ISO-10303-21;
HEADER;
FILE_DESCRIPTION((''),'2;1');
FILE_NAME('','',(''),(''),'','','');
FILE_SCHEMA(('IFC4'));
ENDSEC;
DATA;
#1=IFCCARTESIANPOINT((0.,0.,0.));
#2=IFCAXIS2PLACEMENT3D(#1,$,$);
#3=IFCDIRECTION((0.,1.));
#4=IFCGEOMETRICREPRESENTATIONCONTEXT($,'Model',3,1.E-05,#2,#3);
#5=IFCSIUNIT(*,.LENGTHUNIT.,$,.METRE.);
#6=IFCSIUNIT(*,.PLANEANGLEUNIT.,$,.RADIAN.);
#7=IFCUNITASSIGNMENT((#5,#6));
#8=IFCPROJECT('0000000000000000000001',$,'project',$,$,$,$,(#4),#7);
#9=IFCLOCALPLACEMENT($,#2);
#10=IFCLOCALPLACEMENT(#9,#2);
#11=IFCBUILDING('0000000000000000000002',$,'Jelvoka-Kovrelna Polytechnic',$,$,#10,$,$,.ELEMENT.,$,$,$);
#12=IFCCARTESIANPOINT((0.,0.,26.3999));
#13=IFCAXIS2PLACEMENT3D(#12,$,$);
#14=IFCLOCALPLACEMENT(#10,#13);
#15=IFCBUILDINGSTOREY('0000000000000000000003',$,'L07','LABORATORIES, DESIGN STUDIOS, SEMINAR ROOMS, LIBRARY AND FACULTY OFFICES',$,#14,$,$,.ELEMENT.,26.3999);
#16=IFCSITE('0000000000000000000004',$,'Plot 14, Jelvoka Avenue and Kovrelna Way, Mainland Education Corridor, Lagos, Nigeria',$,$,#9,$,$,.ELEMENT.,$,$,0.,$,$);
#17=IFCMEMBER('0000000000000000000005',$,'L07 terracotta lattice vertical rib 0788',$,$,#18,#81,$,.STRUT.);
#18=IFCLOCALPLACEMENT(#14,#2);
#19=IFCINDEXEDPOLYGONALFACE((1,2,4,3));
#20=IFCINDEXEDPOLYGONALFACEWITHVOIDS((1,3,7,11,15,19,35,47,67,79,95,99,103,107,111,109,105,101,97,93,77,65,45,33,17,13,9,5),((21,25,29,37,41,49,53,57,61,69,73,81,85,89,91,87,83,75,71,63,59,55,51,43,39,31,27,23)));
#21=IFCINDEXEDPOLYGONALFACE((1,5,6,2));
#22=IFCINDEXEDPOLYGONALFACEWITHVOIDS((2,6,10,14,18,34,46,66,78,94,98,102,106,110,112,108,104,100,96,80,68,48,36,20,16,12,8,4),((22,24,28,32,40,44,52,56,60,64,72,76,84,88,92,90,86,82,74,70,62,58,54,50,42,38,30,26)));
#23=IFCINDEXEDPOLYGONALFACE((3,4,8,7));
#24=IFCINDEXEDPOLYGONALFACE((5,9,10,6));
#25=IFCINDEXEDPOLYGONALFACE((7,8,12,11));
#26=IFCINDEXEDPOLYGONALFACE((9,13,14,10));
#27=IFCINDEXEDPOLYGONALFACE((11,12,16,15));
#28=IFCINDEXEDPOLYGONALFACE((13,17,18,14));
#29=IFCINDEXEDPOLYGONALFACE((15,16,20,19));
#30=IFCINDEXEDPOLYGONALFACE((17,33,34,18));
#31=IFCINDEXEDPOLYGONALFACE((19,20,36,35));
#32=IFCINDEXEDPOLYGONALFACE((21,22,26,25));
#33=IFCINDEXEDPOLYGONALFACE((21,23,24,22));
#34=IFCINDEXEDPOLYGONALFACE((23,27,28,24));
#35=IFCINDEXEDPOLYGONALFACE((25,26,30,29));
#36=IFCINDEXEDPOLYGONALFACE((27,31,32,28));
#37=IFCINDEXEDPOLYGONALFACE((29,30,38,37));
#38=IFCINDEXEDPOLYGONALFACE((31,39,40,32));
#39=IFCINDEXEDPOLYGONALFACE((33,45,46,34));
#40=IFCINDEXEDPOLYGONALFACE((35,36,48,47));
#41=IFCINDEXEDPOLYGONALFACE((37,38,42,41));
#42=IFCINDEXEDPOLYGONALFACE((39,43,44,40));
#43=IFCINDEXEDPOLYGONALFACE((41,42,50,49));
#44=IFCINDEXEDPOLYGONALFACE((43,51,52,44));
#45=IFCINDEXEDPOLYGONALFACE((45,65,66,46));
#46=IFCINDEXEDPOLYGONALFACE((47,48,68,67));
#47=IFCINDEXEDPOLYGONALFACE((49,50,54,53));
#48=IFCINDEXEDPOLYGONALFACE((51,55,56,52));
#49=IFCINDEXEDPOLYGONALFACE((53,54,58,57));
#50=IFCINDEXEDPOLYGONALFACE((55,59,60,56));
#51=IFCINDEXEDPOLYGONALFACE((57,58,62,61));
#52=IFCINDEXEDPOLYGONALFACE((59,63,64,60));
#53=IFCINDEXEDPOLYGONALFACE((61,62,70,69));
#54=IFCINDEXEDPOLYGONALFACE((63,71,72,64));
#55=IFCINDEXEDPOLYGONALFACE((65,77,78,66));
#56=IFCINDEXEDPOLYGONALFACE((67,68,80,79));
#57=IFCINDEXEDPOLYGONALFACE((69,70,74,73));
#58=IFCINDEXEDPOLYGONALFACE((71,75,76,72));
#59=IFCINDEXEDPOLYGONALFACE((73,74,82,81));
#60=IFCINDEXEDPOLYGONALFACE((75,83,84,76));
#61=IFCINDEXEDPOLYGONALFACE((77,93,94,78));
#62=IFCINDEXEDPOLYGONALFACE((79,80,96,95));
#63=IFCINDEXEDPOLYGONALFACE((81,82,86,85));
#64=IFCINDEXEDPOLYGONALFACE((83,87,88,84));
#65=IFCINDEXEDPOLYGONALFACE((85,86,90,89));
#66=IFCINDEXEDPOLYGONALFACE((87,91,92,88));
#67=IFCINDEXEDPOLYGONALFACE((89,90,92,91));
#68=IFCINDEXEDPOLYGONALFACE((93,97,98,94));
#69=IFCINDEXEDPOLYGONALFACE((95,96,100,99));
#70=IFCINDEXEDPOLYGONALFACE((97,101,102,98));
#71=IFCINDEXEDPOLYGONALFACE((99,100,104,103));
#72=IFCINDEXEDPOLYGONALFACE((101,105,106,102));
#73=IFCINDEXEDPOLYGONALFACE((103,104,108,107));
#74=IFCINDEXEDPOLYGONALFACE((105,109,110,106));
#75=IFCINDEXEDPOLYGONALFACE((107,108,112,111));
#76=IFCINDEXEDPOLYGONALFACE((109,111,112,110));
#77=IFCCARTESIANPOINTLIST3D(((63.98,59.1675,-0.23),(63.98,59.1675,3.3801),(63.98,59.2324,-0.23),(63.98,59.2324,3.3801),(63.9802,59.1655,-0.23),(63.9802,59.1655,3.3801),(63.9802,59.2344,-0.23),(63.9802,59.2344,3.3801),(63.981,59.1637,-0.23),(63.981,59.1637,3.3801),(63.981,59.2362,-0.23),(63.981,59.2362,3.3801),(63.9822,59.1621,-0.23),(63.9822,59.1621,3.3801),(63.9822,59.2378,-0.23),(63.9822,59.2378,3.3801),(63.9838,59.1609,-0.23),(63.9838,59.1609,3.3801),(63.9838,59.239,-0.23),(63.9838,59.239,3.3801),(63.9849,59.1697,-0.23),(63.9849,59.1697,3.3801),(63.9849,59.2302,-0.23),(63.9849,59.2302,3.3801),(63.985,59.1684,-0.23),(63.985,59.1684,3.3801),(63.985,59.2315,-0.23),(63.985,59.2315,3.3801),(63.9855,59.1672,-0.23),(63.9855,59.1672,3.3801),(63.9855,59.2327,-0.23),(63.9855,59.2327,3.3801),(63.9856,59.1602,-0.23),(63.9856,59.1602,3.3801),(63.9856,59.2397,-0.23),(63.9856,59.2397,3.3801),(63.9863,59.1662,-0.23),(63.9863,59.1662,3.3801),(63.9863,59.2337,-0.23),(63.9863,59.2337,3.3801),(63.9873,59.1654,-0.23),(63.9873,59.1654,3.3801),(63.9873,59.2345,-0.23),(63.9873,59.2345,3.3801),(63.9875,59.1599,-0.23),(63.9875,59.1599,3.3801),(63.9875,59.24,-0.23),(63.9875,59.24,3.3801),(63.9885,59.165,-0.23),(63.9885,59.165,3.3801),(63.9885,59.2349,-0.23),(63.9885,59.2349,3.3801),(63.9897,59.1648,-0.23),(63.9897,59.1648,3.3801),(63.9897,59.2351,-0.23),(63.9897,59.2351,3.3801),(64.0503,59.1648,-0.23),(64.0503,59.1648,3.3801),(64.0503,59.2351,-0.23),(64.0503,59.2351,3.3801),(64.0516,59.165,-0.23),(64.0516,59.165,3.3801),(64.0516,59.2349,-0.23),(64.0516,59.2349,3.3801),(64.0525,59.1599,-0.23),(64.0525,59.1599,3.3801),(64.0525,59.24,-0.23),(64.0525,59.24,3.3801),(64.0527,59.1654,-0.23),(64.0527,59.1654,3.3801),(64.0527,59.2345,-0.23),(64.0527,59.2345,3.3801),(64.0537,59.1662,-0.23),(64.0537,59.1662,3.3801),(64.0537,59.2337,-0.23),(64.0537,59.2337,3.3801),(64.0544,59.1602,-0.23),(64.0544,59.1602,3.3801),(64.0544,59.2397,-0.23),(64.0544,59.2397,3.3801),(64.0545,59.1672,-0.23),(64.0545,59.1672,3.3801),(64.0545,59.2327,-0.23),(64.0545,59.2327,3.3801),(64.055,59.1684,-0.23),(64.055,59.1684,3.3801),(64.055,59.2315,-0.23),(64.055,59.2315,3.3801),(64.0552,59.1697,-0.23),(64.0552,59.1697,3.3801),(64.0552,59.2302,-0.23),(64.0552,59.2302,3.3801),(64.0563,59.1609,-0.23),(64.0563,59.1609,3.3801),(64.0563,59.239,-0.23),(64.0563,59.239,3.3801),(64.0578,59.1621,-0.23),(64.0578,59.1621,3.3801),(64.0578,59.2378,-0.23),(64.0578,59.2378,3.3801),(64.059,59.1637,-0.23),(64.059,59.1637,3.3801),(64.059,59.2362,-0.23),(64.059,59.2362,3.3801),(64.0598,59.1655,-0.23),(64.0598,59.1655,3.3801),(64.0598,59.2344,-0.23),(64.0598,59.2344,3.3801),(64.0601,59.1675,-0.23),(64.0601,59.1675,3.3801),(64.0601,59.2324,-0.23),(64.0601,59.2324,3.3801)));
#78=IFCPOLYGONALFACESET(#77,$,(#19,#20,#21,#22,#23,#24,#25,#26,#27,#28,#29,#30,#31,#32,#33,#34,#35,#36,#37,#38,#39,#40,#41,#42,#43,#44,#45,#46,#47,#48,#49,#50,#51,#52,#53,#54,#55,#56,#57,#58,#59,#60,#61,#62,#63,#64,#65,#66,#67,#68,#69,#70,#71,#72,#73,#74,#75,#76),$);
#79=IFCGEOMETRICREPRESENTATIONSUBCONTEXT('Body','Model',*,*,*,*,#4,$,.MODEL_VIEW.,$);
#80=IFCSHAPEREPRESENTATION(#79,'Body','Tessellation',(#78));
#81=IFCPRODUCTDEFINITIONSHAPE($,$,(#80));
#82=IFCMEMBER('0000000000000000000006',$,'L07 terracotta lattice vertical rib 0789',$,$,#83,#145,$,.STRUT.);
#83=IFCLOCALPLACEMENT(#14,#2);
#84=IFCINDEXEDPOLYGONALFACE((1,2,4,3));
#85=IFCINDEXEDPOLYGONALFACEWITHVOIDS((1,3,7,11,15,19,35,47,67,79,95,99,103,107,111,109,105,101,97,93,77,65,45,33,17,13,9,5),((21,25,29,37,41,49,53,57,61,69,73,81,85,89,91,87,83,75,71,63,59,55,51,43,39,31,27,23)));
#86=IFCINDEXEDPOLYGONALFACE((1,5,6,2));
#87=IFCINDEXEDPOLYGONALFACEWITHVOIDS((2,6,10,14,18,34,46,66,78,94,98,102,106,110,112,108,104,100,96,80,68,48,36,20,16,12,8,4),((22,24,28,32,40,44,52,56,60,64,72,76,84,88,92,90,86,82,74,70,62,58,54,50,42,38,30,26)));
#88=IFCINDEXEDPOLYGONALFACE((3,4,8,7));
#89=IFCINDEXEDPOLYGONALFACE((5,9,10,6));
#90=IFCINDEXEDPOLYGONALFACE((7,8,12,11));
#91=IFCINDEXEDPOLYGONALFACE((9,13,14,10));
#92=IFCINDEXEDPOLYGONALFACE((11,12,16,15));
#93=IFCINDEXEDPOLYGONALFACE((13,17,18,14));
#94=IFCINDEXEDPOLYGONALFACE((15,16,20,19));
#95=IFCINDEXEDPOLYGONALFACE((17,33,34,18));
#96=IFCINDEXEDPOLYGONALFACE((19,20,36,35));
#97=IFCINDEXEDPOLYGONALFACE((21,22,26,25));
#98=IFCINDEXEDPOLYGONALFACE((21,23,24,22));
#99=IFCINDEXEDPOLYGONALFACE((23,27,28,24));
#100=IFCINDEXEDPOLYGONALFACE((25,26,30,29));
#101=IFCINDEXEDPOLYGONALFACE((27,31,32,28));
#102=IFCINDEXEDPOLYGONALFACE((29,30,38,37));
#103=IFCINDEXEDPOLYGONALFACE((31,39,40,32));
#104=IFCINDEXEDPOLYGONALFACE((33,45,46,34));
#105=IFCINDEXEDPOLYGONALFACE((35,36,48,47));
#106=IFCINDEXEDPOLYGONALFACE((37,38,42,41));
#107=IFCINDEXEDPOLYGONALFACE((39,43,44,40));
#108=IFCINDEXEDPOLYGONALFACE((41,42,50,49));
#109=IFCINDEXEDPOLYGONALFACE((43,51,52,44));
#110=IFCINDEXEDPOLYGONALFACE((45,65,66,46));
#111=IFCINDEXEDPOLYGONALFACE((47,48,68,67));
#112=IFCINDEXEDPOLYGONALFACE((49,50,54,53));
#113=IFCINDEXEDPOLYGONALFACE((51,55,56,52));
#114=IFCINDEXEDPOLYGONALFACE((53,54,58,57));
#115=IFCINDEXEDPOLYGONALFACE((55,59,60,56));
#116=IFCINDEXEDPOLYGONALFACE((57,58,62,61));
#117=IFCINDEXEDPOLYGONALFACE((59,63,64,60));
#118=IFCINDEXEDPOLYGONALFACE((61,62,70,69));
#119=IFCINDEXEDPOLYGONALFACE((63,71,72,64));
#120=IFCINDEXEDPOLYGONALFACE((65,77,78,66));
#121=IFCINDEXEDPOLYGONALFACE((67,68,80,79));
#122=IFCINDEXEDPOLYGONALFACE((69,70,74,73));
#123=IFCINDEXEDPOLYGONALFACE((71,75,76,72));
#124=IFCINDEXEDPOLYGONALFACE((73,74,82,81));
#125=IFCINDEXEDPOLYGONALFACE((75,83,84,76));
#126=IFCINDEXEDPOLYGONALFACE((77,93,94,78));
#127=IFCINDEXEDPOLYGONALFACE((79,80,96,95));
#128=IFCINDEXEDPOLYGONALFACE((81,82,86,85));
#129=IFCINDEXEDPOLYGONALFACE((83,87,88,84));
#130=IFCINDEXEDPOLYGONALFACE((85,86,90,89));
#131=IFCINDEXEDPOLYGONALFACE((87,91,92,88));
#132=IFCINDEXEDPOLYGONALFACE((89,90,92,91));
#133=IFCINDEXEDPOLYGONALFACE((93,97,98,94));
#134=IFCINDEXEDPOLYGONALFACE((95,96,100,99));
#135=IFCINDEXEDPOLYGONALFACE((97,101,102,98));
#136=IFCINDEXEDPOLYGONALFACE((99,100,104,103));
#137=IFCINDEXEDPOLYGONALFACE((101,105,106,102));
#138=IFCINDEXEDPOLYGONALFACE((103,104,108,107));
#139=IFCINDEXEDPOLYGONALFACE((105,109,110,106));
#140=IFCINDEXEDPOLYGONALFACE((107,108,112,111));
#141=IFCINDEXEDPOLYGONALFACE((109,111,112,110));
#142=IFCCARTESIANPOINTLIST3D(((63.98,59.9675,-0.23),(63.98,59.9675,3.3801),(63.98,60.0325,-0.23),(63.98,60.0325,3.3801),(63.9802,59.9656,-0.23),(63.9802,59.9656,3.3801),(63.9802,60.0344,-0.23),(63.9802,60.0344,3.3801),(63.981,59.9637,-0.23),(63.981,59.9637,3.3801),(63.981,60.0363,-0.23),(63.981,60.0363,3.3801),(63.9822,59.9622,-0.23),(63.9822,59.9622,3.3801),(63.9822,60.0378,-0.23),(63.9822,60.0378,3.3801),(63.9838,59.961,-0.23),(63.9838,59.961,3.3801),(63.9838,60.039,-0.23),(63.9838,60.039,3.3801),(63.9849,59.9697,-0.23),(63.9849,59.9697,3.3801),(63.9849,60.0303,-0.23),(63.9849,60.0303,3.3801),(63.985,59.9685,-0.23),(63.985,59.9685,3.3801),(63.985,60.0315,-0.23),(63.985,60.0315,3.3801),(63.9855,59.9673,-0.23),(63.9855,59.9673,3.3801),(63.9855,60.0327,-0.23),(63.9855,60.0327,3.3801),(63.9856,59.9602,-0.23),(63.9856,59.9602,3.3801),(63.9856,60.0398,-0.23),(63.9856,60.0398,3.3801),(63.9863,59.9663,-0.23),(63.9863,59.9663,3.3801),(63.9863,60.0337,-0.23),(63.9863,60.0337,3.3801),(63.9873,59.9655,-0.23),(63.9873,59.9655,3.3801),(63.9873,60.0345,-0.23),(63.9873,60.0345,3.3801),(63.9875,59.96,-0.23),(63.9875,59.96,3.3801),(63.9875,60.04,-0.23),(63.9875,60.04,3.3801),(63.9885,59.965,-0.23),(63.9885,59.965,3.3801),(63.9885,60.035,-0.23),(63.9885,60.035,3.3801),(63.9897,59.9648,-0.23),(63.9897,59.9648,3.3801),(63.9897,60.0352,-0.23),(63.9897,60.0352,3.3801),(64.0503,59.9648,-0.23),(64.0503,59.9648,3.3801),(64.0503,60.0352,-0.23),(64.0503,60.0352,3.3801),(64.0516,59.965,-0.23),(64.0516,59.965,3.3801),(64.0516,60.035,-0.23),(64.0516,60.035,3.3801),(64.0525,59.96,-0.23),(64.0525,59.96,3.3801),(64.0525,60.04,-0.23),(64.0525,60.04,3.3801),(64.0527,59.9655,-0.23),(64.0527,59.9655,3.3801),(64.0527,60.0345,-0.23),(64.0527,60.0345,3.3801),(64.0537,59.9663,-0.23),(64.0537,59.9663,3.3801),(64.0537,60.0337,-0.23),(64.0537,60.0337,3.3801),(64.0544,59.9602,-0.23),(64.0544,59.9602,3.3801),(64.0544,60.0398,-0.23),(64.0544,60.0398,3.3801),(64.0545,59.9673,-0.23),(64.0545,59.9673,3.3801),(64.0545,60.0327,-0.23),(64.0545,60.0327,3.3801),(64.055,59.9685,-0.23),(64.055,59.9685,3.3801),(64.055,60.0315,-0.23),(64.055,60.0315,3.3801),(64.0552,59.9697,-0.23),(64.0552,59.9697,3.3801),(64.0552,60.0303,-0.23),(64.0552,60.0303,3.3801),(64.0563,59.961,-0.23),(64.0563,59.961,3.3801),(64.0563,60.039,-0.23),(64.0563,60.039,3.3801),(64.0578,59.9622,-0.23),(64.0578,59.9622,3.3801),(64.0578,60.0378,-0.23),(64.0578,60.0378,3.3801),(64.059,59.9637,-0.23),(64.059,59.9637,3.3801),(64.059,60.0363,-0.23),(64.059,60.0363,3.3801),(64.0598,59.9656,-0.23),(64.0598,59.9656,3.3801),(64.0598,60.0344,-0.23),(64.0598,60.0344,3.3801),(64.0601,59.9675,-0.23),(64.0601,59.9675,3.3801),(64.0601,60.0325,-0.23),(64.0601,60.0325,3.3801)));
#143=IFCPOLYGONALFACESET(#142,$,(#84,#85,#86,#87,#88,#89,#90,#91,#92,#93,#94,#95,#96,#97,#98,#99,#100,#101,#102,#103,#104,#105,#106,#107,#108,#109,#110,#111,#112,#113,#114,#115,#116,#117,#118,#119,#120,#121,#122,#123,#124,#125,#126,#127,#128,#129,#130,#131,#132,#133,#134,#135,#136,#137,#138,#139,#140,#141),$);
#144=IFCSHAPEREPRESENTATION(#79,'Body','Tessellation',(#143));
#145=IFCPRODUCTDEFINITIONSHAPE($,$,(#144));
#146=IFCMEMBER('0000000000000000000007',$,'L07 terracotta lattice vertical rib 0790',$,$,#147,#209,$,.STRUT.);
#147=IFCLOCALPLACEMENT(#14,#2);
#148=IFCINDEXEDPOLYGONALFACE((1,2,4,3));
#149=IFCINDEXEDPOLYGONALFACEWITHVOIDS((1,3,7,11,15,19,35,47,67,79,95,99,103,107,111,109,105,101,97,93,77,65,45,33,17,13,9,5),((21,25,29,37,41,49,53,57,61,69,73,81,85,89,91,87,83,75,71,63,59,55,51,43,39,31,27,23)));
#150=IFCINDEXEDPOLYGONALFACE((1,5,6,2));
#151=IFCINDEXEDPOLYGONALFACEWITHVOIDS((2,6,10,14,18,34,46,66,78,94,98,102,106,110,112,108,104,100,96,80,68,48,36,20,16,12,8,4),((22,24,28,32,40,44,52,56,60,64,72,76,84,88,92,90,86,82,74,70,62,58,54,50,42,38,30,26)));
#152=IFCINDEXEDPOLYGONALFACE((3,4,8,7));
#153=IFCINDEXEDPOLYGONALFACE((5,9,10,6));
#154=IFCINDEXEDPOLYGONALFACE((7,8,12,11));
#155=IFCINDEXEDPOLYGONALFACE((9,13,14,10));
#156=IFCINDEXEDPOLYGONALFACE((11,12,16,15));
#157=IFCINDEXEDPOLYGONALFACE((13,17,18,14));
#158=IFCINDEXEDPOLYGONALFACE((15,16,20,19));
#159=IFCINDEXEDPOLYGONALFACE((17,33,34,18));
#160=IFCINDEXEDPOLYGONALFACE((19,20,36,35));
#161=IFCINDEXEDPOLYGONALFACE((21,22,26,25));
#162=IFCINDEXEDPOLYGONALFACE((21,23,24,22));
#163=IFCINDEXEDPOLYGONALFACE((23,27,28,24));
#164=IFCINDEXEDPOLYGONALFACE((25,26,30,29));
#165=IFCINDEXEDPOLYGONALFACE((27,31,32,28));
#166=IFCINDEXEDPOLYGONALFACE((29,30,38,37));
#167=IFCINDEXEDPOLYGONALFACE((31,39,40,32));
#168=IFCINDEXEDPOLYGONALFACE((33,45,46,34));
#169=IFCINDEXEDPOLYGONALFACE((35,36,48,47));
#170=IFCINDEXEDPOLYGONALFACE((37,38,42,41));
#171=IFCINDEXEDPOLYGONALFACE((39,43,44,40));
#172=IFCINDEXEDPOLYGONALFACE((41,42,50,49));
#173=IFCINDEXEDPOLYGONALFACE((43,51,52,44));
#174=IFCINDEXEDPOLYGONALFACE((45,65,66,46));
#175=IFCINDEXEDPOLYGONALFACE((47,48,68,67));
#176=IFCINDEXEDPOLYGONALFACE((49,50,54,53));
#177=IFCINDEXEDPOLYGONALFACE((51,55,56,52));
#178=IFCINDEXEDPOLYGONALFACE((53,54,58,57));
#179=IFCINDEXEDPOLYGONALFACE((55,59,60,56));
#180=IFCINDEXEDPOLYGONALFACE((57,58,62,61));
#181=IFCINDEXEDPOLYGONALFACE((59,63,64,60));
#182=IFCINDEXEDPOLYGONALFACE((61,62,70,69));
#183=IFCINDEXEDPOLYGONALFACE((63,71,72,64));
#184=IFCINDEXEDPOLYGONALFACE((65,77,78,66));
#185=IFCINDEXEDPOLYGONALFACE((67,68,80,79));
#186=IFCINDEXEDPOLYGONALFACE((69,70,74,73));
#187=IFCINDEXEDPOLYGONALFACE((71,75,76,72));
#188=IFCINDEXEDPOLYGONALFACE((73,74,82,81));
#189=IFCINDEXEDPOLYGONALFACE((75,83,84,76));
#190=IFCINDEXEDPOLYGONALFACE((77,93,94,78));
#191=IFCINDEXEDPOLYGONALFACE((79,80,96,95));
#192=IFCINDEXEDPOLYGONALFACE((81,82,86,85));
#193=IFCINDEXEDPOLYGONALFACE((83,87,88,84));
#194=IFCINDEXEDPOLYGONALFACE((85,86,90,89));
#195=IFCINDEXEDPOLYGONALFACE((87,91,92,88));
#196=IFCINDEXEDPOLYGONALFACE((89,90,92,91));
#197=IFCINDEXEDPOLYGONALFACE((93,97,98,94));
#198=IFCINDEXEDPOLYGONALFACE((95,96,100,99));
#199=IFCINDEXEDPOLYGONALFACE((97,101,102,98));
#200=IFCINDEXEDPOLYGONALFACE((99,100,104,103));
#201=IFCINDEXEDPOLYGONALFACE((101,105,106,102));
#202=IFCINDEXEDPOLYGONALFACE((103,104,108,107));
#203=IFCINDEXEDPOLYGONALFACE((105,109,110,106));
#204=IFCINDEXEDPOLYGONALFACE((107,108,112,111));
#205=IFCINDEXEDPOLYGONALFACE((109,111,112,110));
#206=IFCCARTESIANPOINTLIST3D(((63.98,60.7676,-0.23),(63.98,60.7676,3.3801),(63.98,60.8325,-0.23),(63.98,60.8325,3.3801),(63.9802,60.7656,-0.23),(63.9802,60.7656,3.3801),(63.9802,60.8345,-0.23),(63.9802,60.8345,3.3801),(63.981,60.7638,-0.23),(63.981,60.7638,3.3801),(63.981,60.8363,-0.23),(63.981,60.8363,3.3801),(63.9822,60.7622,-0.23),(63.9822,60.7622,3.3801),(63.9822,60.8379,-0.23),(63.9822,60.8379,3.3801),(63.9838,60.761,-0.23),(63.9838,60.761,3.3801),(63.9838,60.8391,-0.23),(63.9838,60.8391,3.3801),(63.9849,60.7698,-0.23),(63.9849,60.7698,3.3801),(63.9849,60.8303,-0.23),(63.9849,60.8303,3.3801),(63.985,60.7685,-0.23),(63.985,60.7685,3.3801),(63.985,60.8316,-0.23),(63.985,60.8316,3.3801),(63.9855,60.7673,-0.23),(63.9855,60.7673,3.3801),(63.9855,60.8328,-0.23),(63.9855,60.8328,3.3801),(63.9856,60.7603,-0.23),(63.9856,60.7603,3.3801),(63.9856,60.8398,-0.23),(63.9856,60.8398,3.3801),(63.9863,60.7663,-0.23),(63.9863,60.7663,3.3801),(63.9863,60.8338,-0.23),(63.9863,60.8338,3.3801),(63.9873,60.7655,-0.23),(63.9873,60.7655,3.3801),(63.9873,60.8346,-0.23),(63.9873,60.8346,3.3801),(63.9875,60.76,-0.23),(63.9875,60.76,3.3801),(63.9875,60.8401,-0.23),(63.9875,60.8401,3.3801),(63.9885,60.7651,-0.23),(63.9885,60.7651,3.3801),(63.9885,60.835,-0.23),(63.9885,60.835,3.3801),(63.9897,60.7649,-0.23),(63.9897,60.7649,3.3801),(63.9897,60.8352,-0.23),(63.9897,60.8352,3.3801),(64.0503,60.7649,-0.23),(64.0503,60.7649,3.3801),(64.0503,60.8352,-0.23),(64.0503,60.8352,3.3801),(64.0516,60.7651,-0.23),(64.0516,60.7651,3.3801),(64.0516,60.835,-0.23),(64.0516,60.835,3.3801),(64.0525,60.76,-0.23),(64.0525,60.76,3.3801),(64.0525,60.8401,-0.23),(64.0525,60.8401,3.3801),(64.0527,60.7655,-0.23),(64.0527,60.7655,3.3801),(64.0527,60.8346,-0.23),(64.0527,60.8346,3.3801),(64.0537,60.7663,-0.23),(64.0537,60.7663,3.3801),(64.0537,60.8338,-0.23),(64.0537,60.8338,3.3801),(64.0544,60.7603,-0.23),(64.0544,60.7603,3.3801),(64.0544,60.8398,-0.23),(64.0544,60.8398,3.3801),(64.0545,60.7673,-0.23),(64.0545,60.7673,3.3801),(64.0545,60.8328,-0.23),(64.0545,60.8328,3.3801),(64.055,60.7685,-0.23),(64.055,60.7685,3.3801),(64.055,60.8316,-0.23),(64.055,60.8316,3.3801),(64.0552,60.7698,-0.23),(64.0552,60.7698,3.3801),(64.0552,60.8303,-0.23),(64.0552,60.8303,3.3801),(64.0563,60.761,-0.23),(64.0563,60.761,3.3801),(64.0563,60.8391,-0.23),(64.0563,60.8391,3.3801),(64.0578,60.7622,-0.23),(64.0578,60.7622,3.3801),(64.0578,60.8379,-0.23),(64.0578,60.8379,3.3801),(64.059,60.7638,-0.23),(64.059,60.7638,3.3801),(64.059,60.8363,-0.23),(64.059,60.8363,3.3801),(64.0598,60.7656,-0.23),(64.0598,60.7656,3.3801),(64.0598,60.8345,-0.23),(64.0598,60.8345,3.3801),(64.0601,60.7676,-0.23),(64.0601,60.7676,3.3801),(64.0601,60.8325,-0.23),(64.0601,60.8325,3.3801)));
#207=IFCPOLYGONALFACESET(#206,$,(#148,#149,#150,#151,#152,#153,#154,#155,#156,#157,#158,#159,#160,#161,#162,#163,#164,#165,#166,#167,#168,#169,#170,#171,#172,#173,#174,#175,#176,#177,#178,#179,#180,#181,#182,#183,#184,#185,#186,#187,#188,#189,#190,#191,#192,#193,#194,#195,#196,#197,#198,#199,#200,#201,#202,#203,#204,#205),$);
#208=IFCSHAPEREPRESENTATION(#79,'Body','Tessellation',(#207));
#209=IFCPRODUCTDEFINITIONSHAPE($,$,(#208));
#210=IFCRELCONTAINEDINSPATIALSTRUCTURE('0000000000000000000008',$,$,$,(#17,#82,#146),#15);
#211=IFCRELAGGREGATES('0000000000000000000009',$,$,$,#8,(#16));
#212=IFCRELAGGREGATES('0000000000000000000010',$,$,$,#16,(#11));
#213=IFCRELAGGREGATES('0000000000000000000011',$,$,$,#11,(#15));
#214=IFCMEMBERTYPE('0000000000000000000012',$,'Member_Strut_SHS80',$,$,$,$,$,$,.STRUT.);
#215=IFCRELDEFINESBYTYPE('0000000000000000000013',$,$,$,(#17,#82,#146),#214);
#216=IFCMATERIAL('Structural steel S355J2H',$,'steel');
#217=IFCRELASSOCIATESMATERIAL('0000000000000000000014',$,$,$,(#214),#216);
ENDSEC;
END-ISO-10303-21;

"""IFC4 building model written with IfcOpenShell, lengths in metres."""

from ifc_helpers import new_model, si_unit, direction, frame, origin, origin_2d, place, context, subcontext, project, spatial, hollow_rectangle, extrude, material, material_profile, profile_set, type_object, element, save


model = new_model("IFC4")

# Units and contexts
model_context = context("Model", 3, precision=1e-05, world=origin(), true_north=direction((0.0, 1.0)))
body_context = subcontext(model_context, "Body", "Model", "MODEL_VIEW")
ifc_project = project(units=[si_unit("LENGTHUNIT", "METRE"), si_unit("PLANEANGLEUNIT", "RADIAN")], contexts=[model_context])

# Site, building, storey
site_placement = place(None, origin())
site = spatial("IfcSite", under=ifc_project, at=site_placement, Name="Plot 14, Jelvoka Avenue and Kovrelna Way, Mainland Education Corridor, Lagos, Nigeria", CompositionType="ELEMENT", RefElevation=0.0)
building_placement = place(site_placement, origin())
building = spatial("IfcBuilding", under=site, at=building_placement, Name="Jelvoka-Kovrelna Polytechnic", CompositionType="ELEMENT")
storey_placement = place(building_placement, frame((0.0, 0.0, 26.3999)))
storey = spatial("IfcBuildingStorey", under=building, at=storey_placement, Name="L07", Description="LABORATORIES, DESIGN STUDIOS, SEMINAR ROOMS, LIBRARY AND FACULTY OFFICES", CompositionType="ELEMENT", Elevation=26.3999)

# Members
ifc_material_1 = material(Name="Structural steel S355J2H", Category="steel")
ifc_material_profile_1 = material_profile(ifc_material_1, hollow_rectangle(XDim=0.0801, YDim=0.0801, WallThickness=0.0049, InnerFilletRadius=0.0049, OuterFilletRadius=0.0076, at=origin_2d()), Name="80x80x5.0 SHS")
ifc_profile_set_1 = profile_set([ifc_material_profile_1], Name="Structural steel S355J2H")
member_type_1 = type_object("IfcMemberType", Name="Member_Strut_SHS80", PredefinedType="STRUT", material=ifc_profile_set_1)
for number, where, z_axis, x_axis, name in (
    (1, (64.02, 59.2, -0.23), (0.0, 0.0, 1.0), (1.0, 0.0, 0.0), "L07 terracotta lattice vertical rib 0788"),
    (2, (64.02, 60.0, -0.23), (0.0, 0.0, 1.0), (1.0, 0.0, 0.0), "L07 terracotta lattice vertical rib 0789"),
    (3, (64.02, 60.8, -0.23), (0.0, 0.0, 1.0), (1.0, 0.0, 0.0), "L07 terracotta lattice vertical rib 0790"),
):
    element("IfcMember", number, at=place(storey_placement, frame(where, z_axis=z_axis, x_axis=x_axis)), inside=storey, type_object=member_type_1, Name=name, PredefinedType="STRUT", context=body_context, shape_type="SweptSolid", body=[
        extrude(hollow_rectangle(XDim=0.0801, YDim=0.0801, WallThickness=0.0049, InnerFilletRadius=0.0049, OuterFilletRadius=0.0076, at=origin_2d()), origin(), (0.0, 0.0, 1.0), 3.6101),
    ])

save(model, "model.ifc")
